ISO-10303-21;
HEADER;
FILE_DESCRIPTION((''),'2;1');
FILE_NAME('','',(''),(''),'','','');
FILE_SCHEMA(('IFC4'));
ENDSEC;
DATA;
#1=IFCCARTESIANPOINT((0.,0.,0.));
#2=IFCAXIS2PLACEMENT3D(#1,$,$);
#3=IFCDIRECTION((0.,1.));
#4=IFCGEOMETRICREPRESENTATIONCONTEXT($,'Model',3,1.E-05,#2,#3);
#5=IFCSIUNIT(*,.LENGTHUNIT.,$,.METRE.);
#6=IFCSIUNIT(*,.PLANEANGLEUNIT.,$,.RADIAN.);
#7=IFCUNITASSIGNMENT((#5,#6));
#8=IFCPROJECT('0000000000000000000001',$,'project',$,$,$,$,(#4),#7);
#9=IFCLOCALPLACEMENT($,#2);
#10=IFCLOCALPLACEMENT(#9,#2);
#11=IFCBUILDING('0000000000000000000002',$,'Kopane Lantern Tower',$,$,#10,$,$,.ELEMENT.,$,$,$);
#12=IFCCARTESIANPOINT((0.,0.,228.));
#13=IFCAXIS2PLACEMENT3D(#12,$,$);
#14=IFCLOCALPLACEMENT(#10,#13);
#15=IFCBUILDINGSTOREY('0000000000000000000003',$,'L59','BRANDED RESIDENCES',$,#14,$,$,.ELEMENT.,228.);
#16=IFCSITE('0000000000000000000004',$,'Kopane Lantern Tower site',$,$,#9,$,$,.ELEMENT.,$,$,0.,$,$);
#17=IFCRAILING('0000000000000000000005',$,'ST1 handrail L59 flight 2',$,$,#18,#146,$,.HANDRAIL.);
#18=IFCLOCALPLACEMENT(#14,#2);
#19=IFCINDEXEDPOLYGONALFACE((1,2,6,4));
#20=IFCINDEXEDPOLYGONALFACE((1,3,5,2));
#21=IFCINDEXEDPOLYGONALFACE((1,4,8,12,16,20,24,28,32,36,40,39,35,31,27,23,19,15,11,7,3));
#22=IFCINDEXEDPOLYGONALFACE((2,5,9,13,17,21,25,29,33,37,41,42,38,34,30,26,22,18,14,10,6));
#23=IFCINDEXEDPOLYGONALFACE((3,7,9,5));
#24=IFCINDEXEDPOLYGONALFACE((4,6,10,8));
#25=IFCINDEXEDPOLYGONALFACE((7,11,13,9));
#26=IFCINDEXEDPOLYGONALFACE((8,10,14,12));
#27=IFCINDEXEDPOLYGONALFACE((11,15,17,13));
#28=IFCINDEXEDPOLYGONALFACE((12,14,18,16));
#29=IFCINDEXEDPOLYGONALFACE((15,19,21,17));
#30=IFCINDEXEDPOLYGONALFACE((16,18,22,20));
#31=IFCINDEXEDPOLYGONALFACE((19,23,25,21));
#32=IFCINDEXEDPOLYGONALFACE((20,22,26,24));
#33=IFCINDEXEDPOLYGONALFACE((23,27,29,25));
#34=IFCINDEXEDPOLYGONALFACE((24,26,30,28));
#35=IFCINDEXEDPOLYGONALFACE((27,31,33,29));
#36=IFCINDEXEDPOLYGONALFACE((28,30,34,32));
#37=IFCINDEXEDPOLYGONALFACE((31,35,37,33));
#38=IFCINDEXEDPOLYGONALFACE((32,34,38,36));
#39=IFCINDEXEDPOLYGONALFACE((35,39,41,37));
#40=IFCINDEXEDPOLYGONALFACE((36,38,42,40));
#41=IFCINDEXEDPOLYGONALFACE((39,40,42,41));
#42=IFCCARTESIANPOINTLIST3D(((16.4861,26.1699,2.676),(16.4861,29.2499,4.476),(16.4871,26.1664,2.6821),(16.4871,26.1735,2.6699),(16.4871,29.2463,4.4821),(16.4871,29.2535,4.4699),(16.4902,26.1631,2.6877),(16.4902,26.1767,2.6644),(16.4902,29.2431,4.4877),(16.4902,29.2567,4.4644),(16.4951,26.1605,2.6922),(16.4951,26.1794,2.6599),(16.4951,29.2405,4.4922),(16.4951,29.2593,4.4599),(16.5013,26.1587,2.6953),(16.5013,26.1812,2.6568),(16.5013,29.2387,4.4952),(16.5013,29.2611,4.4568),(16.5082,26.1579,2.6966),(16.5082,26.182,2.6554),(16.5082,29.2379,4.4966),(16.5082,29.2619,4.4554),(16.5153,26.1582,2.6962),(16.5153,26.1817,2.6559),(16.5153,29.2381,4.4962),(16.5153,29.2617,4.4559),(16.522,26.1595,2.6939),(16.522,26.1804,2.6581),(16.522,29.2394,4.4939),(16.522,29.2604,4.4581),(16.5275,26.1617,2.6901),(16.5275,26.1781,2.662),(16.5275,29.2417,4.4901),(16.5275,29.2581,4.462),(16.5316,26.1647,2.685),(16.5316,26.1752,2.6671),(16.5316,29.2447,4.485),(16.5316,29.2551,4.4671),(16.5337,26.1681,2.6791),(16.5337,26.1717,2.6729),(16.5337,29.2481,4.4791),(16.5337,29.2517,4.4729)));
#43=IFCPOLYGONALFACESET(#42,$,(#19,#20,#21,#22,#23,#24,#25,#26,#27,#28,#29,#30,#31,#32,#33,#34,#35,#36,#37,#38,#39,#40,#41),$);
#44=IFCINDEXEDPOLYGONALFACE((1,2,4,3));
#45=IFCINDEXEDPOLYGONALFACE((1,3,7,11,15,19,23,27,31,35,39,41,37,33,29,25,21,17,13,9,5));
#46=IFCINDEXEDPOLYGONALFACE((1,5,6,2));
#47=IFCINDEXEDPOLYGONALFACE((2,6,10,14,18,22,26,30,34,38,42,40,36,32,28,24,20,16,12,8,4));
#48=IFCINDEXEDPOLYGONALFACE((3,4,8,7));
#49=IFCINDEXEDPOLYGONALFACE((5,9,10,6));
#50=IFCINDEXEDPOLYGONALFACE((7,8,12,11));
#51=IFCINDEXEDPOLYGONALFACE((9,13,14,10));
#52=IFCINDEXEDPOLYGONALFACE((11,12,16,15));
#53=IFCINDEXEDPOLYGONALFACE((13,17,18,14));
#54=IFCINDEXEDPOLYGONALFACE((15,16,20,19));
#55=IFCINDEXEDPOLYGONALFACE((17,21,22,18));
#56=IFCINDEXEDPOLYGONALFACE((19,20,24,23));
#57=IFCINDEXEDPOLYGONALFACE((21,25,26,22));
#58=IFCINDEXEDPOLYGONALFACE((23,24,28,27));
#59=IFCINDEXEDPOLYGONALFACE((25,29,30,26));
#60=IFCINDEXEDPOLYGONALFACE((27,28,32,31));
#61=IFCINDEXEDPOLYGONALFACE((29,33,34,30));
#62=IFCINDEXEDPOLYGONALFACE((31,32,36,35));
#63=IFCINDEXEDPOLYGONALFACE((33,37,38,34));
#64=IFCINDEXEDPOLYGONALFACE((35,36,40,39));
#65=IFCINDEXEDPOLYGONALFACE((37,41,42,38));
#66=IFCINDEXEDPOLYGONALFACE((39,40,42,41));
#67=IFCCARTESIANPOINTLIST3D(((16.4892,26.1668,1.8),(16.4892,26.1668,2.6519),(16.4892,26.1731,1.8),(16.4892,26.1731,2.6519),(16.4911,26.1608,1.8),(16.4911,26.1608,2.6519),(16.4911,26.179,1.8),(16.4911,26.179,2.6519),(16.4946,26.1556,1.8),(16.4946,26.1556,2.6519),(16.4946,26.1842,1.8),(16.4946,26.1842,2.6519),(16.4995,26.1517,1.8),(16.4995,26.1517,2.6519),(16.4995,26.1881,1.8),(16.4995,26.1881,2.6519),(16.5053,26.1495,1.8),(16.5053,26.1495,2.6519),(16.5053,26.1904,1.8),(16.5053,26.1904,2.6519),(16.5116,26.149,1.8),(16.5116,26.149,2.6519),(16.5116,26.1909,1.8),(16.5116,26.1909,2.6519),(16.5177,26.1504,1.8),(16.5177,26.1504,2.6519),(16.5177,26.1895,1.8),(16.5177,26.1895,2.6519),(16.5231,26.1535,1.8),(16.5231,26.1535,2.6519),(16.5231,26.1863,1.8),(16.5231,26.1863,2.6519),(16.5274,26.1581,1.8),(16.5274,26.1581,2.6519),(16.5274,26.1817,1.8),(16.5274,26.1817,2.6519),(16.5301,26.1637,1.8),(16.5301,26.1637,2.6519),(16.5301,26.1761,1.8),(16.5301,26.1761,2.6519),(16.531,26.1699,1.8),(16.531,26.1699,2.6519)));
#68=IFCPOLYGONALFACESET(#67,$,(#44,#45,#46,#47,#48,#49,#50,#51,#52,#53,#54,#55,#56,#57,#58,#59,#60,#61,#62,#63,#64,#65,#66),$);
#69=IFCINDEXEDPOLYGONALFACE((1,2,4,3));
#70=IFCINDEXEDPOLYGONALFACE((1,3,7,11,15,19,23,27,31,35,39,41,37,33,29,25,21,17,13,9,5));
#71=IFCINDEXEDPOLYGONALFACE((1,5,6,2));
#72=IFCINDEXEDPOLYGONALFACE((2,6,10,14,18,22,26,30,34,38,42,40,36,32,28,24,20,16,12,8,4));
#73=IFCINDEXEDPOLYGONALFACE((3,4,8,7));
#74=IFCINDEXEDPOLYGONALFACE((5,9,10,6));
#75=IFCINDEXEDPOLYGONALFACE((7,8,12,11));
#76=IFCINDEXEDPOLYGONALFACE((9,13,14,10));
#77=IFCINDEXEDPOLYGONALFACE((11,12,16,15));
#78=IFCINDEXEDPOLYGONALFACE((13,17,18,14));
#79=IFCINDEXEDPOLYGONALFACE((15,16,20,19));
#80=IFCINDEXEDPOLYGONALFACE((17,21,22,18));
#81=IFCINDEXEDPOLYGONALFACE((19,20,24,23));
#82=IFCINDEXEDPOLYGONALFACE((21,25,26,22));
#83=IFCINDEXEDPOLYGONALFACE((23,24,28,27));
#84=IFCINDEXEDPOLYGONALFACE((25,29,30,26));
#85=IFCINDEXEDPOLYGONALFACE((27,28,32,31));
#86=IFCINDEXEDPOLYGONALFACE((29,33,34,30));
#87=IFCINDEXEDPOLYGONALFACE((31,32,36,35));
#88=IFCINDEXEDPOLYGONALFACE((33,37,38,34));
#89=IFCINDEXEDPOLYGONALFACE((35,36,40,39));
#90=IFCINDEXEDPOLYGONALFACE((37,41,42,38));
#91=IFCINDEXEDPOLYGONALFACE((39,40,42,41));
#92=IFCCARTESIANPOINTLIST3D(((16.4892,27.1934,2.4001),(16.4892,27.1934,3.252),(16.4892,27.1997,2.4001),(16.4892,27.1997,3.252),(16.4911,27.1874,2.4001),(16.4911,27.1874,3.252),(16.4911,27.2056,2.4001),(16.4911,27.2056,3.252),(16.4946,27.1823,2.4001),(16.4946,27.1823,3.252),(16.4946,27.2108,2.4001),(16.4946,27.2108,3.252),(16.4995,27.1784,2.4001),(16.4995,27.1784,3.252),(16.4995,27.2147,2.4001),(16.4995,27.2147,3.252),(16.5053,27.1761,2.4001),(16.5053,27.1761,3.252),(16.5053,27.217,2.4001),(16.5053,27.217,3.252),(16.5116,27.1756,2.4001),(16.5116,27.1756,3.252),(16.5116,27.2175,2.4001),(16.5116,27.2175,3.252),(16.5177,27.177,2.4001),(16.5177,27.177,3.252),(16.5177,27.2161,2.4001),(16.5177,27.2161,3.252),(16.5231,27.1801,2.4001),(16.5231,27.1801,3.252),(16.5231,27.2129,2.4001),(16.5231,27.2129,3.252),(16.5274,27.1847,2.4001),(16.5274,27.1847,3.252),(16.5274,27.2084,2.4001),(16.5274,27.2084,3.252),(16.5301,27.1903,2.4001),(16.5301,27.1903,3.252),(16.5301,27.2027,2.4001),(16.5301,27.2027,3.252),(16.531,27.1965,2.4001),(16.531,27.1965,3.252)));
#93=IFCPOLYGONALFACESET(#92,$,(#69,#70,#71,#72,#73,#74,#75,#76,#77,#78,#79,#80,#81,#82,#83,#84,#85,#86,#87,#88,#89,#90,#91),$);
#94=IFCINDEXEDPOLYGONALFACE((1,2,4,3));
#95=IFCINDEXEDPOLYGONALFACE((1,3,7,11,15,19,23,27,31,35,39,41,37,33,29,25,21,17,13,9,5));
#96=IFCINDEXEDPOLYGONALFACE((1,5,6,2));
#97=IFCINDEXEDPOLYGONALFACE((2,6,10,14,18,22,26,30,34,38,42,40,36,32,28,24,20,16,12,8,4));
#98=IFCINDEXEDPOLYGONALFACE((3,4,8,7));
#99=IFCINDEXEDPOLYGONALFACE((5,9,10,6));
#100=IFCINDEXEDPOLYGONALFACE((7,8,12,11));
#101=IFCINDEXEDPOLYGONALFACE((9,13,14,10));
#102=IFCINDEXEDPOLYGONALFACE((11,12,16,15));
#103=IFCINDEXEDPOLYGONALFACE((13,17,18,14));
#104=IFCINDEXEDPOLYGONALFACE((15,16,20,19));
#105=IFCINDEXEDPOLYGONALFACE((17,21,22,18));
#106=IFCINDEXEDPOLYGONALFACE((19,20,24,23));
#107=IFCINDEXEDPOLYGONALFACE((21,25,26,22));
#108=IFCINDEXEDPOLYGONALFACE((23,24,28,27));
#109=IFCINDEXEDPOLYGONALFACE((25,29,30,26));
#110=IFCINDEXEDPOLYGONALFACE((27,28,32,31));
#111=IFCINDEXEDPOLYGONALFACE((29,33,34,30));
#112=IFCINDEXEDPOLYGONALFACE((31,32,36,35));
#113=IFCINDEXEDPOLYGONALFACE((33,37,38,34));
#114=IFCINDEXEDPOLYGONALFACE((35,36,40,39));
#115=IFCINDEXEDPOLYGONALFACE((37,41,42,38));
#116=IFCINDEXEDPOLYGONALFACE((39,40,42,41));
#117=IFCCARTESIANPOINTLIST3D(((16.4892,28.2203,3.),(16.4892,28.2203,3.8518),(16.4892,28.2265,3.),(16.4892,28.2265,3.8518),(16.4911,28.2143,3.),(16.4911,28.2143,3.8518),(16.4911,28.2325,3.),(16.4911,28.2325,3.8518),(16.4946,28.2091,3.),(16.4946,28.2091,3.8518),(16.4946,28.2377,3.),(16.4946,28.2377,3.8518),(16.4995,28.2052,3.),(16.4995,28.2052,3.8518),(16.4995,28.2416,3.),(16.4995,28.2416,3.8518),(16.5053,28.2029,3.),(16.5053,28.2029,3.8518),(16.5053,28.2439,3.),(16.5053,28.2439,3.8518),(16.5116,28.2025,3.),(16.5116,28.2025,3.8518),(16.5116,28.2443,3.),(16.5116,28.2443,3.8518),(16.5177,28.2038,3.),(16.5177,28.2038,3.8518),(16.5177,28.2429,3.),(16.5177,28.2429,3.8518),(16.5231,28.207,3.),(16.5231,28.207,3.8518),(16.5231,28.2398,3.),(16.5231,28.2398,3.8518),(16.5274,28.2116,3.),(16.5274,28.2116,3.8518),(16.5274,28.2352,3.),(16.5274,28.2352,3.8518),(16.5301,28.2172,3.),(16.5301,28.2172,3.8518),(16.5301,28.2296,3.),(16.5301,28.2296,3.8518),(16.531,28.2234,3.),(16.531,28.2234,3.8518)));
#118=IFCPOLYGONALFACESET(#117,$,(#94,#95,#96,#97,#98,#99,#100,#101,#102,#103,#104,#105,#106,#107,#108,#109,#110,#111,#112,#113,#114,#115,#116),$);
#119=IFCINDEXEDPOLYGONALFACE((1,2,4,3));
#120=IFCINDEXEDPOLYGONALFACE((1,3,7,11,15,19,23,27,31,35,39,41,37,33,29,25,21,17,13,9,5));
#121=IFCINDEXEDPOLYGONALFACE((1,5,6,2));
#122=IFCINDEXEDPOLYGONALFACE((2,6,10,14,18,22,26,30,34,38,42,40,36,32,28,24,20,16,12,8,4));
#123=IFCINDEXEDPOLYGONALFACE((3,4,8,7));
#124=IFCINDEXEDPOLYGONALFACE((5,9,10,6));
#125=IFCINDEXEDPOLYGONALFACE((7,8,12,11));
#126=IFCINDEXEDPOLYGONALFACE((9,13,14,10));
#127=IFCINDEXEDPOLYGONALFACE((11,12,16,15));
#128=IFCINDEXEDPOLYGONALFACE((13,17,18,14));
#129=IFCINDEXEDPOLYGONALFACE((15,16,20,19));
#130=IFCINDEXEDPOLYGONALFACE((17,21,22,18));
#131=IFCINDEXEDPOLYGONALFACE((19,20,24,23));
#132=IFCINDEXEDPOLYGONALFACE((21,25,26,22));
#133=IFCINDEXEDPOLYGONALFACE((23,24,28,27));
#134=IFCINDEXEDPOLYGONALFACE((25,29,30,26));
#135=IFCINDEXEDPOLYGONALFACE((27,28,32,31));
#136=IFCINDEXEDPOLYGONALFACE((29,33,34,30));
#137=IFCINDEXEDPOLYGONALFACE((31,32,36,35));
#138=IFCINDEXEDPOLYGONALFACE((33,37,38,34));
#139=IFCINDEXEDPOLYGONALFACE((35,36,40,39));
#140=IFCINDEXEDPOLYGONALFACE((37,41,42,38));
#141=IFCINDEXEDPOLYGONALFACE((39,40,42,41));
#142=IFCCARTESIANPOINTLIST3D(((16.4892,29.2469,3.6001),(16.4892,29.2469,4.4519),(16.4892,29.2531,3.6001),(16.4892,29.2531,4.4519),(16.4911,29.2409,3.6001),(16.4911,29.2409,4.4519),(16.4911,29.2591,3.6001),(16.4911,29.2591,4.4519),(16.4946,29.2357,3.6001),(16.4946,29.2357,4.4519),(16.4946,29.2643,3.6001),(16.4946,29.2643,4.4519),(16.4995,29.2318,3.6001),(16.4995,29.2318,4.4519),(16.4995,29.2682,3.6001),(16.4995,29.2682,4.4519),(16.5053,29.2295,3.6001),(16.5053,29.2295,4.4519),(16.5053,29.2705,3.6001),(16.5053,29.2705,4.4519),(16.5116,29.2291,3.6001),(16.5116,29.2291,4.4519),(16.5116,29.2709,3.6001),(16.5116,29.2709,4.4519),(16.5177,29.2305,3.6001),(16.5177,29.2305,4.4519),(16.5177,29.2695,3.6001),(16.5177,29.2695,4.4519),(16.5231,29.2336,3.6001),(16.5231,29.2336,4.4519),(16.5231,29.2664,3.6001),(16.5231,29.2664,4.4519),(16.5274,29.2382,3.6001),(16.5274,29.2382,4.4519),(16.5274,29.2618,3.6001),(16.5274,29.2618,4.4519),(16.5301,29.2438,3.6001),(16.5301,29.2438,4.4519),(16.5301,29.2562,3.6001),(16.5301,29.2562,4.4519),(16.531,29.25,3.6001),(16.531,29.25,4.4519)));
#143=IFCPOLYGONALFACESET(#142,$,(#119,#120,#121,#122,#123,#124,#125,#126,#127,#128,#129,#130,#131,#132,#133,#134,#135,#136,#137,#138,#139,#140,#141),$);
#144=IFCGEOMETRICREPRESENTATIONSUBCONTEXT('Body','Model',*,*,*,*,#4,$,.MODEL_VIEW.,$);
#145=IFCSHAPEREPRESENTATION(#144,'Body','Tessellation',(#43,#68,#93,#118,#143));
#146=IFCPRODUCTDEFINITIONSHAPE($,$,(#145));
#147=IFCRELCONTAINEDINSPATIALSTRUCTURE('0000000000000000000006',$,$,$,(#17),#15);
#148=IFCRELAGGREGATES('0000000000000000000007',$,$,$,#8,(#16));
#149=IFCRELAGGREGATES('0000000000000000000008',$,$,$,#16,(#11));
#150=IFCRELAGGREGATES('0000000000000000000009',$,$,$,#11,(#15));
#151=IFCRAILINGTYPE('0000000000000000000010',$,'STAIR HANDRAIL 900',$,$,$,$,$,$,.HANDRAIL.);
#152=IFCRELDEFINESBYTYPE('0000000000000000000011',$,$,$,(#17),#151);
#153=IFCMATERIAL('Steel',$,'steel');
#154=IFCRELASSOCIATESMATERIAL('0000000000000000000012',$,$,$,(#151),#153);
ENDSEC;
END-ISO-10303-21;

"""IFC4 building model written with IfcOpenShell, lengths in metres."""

from ifc_helpers import new_model, si_unit, direction, frame, origin, origin_2d, place, context, subcontext, project, spatial, circle, extrude, material, type_object, element, save


model = new_model("IFC4")

# Units and contexts
model_context = context("Model", 3, precision=1e-05, world=origin(), true_north=direction((0.0, 1.0)))
body_context = subcontext(model_context, "Body", "Model", "MODEL_VIEW")
ifc_project = project(units=[si_unit("LENGTHUNIT", "METRE"), si_unit("PLANEANGLEUNIT", "RADIAN")], contexts=[model_context])

# Site, building, storey
site_placement = place(None, origin())
site = spatial("IfcSite", under=ifc_project, at=site_placement, Name="Kopane Lantern Tower site", CompositionType="ELEMENT", RefElevation=0.0)
building_placement = place(site_placement, origin())
building = spatial("IfcBuilding", under=site, at=building_placement, Name="Kopane Lantern Tower", CompositionType="ELEMENT")
storey_placement = place(building_placement, frame((0.0, 0.0, 228.0)))
storey = spatial("IfcBuildingStorey", under=building, at=storey_placement, Name="L59", Description="BRANDED RESIDENCES", CompositionType="ELEMENT", Elevation=228.0)

# Railing
ifc_material_1 = material(Name="Steel", Category="steel")
railing_type_1 = type_object("IfcRailingType", Name="STAIR HANDRAIL 900", PredefinedType="HANDRAIL", material=ifc_material_1)
for number, where, name in (
    (1, (16.51, 26.1699, 1.8), "ST1 handrail L59 flight 2"),
):
    element("IfcRailing", number, at=place(storey_placement, frame(where)), inside=storey, type_object=railing_type_1, Name=name, PredefinedType="HANDRAIL", context=body_context, shape_type="SweptSolid", body=[
        extrude(circle(Radius=0.0239, at=origin_2d()), frame((0.0, 0.0, 0.876), z_axis=(0.0, 0.863372, 0.504569), x_axis=(-1.0, 0.0, 0.0)), (0.0, 0.0, 1.0), 3.5674),
        extrude(circle(Radius=0.021, at=origin_2d()), origin(), (0.0, 0.0, 1.0), 0.8518),
        extrude(circle(Radius=0.021, at=origin_2d()), frame((0.0, 1.0266, 0.6001)), (0.0, 0.0, 1.0), 0.8518),
        extrude(circle(Radius=0.021, at=origin_2d()), frame((0.0, 2.0535, 1.2)), (0.0, 0.0, 1.0), 0.8518),
        extrude(circle(Radius=0.021, at=origin_2d()), frame((0.0, 3.0801, 1.8)), (0.0, 0.0, 1.0), 0.8518),
    ])

save(model, "model.ifc")
